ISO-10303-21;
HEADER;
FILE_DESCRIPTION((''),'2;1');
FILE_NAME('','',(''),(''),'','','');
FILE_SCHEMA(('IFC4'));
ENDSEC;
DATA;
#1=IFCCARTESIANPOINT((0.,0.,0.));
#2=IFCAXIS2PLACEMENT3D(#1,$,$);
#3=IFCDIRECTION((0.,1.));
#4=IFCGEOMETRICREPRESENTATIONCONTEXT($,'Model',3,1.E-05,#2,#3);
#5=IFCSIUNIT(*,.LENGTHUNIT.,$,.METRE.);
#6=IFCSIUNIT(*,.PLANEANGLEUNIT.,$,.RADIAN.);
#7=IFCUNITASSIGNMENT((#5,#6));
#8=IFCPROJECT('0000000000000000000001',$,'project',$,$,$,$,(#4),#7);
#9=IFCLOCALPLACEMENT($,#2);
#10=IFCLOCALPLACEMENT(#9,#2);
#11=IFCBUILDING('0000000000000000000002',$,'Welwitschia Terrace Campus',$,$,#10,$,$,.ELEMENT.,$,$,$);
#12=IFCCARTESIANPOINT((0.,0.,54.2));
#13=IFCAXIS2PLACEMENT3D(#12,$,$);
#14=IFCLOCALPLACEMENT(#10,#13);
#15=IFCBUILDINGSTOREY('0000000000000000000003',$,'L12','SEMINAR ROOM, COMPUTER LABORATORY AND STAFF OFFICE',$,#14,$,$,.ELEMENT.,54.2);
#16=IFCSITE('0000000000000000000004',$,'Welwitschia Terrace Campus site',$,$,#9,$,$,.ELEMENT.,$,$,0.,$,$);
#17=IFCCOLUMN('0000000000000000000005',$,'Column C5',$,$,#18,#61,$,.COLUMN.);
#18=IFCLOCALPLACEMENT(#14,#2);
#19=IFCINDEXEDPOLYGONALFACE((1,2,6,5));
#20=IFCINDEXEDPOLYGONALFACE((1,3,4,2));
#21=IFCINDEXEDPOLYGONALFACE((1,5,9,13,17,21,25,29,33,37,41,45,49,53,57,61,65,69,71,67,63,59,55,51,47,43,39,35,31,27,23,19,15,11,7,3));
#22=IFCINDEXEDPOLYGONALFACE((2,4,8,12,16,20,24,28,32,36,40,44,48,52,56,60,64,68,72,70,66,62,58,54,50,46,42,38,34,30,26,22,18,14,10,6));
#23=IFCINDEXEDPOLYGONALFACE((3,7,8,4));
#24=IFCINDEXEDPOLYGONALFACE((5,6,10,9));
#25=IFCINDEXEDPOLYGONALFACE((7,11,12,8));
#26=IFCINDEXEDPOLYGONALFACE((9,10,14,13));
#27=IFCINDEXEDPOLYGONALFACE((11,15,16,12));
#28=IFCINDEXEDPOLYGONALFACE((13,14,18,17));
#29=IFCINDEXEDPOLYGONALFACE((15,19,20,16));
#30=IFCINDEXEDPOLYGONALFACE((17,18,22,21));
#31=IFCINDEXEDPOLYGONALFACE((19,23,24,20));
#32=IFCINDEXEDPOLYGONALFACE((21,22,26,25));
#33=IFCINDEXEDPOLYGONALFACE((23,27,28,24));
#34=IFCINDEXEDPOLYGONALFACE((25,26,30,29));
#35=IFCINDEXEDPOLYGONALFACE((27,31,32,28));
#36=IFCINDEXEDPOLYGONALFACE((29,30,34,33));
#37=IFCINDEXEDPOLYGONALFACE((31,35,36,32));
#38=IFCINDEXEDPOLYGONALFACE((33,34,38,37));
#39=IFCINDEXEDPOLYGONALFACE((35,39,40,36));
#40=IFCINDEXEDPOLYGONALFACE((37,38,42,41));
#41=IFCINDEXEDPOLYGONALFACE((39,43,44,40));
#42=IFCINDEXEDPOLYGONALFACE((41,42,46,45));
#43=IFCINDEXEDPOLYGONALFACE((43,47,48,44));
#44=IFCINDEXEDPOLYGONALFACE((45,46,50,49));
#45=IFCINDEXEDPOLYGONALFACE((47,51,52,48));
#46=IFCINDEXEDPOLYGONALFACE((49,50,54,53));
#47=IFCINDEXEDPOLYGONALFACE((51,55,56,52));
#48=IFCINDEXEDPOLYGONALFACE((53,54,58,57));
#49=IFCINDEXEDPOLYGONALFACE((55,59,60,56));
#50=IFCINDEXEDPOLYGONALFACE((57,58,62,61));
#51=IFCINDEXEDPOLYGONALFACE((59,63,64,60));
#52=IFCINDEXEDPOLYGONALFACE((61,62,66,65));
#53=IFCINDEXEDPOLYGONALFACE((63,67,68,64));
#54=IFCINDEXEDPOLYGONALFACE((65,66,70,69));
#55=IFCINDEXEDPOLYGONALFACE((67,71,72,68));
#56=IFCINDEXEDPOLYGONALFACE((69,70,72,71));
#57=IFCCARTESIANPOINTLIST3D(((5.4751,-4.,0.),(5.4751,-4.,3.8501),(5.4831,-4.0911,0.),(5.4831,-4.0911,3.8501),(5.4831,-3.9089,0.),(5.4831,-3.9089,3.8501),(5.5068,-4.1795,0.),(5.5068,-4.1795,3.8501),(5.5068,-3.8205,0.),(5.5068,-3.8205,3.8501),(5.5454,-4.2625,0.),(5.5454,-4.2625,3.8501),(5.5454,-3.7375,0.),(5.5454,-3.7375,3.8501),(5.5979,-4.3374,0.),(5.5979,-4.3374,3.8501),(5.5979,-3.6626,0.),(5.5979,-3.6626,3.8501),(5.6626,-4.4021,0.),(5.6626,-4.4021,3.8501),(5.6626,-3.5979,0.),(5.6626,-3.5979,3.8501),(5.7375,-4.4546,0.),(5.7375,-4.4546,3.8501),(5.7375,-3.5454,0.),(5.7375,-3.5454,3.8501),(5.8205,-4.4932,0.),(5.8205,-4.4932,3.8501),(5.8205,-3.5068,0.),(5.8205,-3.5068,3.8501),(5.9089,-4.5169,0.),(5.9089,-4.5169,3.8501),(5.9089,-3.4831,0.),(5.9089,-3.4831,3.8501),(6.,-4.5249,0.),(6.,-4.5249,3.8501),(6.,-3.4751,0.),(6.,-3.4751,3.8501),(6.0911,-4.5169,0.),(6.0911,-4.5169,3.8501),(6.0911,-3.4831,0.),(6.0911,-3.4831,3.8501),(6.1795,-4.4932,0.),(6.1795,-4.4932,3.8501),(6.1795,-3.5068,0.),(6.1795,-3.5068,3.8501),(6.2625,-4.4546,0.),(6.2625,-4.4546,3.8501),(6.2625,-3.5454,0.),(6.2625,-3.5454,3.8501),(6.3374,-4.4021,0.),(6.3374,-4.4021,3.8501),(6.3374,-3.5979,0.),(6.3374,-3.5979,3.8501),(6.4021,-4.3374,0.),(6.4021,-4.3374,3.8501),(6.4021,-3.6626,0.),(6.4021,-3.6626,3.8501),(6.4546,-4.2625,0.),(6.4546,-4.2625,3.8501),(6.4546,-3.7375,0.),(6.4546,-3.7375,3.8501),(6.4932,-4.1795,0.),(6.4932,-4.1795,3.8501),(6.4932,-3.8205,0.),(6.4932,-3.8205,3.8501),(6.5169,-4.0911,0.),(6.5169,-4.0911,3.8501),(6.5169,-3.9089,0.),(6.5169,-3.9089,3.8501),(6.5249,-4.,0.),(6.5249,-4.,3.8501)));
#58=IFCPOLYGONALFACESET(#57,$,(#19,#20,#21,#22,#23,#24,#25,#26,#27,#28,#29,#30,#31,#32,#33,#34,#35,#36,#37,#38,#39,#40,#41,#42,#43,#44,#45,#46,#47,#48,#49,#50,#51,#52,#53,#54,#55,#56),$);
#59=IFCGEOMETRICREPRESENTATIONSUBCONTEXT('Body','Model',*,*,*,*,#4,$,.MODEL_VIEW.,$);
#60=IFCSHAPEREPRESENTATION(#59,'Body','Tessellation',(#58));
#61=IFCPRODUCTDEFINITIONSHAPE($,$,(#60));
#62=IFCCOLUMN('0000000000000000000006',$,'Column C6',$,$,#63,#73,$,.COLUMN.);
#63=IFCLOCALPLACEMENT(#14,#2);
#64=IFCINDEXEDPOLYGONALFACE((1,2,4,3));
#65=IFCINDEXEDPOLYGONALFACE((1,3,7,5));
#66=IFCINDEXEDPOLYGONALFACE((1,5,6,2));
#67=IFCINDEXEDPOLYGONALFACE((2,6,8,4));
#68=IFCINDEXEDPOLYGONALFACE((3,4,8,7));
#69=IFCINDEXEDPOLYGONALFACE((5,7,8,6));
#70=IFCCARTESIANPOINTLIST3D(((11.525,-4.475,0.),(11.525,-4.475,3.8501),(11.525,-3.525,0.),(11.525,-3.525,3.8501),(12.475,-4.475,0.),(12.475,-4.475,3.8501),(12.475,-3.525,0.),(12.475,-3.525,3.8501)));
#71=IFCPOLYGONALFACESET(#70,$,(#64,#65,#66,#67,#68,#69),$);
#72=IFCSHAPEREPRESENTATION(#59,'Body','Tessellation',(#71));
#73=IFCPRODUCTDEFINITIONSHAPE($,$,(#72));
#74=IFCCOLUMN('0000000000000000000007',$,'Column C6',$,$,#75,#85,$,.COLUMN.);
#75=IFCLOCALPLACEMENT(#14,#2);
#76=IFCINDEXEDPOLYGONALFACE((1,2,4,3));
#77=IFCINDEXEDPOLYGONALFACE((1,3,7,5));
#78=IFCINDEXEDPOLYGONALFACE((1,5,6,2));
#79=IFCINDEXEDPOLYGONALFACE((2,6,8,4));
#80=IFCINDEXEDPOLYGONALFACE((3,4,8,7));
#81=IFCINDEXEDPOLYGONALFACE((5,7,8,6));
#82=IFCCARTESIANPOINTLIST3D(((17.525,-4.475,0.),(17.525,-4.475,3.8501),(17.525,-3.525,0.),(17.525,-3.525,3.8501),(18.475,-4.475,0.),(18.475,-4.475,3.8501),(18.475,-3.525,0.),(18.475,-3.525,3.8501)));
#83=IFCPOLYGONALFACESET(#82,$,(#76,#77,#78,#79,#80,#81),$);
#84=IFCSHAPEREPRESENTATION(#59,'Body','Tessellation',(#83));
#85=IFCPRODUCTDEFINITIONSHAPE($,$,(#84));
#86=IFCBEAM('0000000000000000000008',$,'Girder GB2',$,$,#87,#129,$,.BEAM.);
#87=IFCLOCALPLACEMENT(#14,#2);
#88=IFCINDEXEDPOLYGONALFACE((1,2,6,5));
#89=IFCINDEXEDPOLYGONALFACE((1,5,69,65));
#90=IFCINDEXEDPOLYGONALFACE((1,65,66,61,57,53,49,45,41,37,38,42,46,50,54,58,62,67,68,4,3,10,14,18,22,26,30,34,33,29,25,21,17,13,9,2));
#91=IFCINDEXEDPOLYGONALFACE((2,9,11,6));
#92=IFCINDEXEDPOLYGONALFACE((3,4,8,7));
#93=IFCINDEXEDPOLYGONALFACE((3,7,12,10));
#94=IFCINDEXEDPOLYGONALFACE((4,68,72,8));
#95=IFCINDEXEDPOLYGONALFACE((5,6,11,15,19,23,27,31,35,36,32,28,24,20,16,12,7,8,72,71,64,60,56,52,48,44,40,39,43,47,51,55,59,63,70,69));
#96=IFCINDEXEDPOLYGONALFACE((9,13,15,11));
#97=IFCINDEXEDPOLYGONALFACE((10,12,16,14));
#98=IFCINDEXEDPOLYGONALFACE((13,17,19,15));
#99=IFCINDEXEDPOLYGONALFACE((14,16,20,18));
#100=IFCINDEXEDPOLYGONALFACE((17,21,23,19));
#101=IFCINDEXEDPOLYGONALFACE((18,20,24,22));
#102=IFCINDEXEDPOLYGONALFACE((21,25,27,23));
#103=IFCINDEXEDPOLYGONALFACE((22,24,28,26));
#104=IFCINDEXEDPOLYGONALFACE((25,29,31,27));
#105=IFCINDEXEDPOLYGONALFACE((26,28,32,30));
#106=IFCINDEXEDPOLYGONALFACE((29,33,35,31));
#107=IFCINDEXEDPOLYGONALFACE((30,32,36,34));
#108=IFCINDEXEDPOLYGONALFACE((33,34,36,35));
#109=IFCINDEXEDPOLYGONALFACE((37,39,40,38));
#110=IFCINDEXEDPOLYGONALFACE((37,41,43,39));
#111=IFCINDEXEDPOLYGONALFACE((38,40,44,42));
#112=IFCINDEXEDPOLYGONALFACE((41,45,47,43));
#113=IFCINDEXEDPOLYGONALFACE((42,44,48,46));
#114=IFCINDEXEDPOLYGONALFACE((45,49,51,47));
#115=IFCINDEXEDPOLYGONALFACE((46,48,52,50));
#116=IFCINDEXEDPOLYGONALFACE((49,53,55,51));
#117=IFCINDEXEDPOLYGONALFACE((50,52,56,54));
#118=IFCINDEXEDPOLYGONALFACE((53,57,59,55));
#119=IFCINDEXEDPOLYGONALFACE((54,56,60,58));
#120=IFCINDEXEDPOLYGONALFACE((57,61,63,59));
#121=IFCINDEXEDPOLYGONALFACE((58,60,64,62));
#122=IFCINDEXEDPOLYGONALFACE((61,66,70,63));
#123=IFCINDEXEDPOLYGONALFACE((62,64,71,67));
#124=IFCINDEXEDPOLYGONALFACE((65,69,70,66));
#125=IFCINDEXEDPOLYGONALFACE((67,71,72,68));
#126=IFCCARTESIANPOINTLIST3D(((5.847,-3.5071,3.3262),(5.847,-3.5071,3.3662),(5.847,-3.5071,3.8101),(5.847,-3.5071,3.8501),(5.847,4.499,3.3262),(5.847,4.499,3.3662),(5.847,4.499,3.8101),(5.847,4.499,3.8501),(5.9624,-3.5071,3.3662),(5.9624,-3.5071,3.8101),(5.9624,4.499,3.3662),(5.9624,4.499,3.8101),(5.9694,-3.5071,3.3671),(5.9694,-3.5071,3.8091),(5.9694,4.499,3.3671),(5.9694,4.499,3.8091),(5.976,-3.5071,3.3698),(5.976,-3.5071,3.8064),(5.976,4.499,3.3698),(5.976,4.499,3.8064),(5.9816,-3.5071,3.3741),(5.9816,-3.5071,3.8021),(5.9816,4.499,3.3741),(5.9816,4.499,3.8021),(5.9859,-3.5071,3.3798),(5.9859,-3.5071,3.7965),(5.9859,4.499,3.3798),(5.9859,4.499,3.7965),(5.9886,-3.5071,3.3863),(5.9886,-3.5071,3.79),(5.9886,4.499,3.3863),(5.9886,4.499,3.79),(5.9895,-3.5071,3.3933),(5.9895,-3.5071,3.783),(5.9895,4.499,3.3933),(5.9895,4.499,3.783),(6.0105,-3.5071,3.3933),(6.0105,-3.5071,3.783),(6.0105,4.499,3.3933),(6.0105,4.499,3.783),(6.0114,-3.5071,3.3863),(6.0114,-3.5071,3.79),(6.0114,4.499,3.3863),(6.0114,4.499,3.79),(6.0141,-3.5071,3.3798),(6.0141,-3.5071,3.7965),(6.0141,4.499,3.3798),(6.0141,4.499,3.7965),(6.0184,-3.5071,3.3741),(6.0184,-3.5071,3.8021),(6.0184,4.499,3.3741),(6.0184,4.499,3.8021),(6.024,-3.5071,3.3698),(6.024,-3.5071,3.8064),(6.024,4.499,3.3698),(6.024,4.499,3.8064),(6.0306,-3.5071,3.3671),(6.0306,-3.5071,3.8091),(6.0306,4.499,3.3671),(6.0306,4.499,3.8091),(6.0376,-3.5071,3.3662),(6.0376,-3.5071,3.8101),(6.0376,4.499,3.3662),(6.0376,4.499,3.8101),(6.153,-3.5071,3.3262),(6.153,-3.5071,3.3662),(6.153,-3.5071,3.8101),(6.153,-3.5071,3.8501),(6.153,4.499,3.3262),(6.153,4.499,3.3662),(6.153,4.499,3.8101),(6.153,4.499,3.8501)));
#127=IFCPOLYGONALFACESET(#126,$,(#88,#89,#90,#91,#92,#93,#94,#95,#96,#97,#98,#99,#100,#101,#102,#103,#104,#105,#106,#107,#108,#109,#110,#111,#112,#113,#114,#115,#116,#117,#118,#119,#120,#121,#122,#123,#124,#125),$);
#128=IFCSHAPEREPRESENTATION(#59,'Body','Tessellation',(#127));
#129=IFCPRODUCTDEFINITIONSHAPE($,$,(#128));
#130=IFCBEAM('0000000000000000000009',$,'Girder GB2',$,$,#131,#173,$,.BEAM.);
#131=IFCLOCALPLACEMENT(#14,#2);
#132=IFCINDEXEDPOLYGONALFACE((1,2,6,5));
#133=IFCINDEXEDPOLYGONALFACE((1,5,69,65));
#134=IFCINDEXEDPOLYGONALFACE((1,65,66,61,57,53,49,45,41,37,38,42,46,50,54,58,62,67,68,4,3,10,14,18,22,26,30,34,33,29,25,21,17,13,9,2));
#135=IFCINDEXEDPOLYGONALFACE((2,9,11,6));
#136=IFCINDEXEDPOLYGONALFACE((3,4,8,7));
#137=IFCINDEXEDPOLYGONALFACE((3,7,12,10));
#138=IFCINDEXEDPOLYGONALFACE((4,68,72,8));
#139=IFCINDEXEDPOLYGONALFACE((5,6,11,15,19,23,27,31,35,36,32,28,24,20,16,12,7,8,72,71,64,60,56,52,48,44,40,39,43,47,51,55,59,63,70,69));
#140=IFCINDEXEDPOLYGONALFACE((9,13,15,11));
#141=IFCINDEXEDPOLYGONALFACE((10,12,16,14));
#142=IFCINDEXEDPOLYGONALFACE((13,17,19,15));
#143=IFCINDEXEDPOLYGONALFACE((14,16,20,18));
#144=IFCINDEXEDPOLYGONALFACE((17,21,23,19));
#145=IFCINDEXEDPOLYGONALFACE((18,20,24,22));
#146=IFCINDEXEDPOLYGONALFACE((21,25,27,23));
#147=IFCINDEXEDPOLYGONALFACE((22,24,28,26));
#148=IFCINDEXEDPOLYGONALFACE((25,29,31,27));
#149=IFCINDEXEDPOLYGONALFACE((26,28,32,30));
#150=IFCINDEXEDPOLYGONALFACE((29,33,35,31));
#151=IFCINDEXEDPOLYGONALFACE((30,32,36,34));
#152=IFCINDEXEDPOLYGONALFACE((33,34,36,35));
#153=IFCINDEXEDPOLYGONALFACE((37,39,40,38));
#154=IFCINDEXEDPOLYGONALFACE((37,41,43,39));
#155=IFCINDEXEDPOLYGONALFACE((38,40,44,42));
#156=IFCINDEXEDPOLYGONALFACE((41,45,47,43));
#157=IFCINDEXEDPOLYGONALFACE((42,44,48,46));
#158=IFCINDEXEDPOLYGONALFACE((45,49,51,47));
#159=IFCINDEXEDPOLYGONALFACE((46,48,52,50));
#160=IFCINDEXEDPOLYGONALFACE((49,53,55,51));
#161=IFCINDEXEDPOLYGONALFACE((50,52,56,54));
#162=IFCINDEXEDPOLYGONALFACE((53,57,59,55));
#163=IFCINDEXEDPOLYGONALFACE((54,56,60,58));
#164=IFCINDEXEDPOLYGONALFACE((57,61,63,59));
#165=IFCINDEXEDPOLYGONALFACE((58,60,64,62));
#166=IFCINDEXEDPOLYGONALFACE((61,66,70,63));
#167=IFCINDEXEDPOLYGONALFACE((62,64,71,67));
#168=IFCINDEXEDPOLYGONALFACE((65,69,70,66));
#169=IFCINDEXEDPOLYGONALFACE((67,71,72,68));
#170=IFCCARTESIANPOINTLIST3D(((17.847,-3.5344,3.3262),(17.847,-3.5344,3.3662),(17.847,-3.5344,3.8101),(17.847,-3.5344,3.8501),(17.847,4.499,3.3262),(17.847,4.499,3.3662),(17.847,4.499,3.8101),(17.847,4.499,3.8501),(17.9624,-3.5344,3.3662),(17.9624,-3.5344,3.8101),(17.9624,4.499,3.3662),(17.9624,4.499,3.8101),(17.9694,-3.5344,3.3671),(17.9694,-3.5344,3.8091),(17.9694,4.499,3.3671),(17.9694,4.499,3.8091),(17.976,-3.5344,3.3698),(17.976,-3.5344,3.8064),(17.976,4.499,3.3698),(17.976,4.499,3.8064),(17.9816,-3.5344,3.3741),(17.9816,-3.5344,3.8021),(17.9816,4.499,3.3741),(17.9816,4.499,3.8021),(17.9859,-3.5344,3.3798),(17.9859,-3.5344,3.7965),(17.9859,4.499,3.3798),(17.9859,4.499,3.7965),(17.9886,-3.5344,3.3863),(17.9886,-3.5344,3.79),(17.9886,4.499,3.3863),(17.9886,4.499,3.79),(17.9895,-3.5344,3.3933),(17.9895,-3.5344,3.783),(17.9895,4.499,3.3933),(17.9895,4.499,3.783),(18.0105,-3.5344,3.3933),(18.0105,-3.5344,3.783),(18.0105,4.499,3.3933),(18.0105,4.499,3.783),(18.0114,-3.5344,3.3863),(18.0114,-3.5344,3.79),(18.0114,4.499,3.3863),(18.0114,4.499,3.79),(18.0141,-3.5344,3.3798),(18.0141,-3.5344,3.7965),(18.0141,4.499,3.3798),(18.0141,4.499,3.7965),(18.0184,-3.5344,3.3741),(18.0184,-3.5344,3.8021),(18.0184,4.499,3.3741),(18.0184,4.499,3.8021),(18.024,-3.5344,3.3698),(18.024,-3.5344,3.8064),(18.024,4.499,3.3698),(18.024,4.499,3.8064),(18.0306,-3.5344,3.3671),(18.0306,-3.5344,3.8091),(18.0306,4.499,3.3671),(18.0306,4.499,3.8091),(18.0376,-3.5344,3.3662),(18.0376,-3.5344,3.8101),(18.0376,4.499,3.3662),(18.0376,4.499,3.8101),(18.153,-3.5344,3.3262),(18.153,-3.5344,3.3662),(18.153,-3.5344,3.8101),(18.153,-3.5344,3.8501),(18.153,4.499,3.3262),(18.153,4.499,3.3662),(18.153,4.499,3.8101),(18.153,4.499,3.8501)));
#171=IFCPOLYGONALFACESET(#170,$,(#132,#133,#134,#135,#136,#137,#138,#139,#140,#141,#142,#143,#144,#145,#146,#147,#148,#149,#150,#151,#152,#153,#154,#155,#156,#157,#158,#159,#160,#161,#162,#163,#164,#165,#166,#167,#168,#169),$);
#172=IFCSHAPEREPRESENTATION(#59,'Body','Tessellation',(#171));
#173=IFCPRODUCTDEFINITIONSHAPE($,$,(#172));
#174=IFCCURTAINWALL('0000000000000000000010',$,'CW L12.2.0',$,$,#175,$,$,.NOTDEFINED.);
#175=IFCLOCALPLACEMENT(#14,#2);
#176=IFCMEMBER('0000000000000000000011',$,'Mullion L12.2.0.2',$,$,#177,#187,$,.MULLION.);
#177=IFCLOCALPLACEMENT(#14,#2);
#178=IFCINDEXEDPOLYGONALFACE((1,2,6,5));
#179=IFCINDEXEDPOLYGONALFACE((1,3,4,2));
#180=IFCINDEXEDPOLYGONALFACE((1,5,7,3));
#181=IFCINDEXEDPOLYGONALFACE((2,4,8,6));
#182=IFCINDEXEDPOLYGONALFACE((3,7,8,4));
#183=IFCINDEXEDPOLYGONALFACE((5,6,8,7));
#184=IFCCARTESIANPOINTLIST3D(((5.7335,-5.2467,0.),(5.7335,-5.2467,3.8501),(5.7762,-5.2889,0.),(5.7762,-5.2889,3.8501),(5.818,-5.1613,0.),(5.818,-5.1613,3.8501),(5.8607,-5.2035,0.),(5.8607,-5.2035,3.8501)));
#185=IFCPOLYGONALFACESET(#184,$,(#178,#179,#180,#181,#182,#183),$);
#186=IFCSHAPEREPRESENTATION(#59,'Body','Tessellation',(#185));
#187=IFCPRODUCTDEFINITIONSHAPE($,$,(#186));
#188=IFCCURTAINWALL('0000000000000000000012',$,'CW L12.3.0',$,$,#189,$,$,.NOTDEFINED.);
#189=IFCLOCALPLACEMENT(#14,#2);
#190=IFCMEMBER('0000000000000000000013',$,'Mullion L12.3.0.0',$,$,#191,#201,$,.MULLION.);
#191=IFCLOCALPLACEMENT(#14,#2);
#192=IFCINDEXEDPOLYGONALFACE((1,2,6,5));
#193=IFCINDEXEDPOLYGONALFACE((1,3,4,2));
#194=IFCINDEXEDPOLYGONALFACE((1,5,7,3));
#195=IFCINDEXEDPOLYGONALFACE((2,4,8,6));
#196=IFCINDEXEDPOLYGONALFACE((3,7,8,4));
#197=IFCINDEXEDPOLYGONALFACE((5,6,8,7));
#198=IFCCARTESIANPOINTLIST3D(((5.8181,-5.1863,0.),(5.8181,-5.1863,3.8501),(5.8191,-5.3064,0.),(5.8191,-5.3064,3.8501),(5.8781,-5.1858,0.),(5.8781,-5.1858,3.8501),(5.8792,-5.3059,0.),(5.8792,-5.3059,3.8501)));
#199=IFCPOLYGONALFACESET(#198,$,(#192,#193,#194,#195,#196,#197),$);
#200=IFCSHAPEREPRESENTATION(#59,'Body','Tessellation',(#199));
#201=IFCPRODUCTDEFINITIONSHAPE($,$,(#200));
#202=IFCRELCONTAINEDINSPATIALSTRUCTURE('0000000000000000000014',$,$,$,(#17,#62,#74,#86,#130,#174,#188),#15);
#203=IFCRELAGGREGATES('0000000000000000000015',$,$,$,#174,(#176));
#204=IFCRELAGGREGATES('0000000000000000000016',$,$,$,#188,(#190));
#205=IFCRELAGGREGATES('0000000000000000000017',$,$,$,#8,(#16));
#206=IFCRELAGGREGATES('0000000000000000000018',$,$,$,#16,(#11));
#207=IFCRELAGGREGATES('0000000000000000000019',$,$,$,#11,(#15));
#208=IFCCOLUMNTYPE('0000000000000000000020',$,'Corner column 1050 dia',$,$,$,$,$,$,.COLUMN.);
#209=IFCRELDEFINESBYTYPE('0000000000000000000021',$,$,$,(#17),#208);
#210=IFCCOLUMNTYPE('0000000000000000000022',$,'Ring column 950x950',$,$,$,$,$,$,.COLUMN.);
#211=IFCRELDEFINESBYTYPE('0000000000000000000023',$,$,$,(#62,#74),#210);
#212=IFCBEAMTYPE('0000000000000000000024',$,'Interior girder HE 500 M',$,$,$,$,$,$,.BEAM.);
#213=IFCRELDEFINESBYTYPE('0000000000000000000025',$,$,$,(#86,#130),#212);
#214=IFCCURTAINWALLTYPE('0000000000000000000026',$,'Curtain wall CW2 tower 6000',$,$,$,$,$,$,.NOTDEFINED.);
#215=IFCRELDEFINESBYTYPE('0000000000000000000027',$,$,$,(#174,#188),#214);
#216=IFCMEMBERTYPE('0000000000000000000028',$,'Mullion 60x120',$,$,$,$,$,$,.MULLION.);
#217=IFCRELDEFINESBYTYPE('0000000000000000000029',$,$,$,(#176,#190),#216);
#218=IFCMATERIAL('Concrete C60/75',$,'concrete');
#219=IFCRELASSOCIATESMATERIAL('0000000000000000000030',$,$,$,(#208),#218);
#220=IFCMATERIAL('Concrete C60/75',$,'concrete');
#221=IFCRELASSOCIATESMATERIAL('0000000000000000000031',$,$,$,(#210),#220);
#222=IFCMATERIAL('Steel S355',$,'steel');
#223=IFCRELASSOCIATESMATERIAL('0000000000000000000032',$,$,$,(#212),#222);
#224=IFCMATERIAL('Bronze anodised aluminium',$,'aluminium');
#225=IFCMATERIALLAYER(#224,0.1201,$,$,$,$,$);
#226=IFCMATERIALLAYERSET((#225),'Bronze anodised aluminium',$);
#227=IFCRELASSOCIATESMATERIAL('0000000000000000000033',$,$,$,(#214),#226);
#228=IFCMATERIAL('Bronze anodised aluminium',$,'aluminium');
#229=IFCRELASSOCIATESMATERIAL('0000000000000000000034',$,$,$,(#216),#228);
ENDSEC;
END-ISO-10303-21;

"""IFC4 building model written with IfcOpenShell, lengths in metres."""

from ifc_helpers import new_model, si_unit, direction, frame, origin, origin_2d, place, context, subcontext, project, spatial, rectangle, circle, i_section, extrude, material, layer, layer_set, material_profile, profile_set, type_object, element, aggregate, save


model = new_model("IFC4")

# Units and contexts
model_context = context("Model", 3, precision=1e-05, world=origin(), true_north=direction((0.0, 1.0)))
body_context = subcontext(model_context, "Body", "Model", "MODEL_VIEW")
ifc_project = project(units=[si_unit("LENGTHUNIT", "METRE"), si_unit("PLANEANGLEUNIT", "RADIAN")], contexts=[model_context])

# Site, building, storey
site_placement = place(None, origin())
site = spatial("IfcSite", under=ifc_project, at=site_placement, Name="Welwitschia Terrace Campus site", CompositionType="ELEMENT", RefElevation=0.0)
building_placement = place(site_placement, origin())
building = spatial("IfcBuilding", under=site, at=building_placement, Name="Welwitschia Terrace Campus", CompositionType="ELEMENT")
storey_placement = place(building_placement, frame((0.0, 0.0, 54.2)))
storey = spatial("IfcBuildingStorey", under=building, at=storey_placement, Name="L12", Description="SEMINAR ROOM, COMPUTER LABORATORY AND STAFF OFFICE", CompositionType="ELEMENT", Elevation=54.2)

# Columns
ifc_material_1 = material(Name="Concrete C60/75", Category="concrete")
ifc_material_profile_1 = material_profile(ifc_material_1, circle(Radius=0.5249, at=origin_2d()))
ifc_profile_set_1 = profile_set([ifc_material_profile_1], Name="Concrete C60/75")
column_type_1 = type_object("IfcColumnType", Name="Corner column 1050 dia", PredefinedType="COLUMN", material=ifc_profile_set_1)
column_placement = place(storey_placement, frame((6.0, -4.0, 0.0), z_axis=(0.0, 0.0, 1.0), x_axis=(1.0, 0.0, 0.0)))
element("IfcColumn", 1, at=column_placement, inside=storey, type_object=column_type_1, Name="Column C5", PredefinedType="COLUMN", context=body_context, shape_type="SweptSolid", body=[
    extrude(circle(Radius=0.5249, at=origin_2d()), origin(), (0.0, 0.0, 1.0), 3.8501),
])
ifc_material_2 = material(Name="Concrete C60/75", Category="concrete")
ifc_material_profile_2 = material_profile(ifc_material_2, rectangle(XDim=0.95, YDim=0.95, at=origin_2d()))
ifc_profile_set_2 = profile_set([ifc_material_profile_2], Name="Concrete C60/75")
column_type_2 = type_object("IfcColumnType", Name="Ring column 950x950", PredefinedType="COLUMN", material=ifc_profile_set_2)
for number, where, z_axis, x_axis, name in (
    (2, (12.0, -4.0, 0.0), (0.0, 0.0, 1.0), (1.0, 0.0, 0.0), "Column C6"),
    (3, (18.0, -4.0, 0.0), (0.0, 0.0, 1.0), (1.0, 0.0, 0.0), "Column C6"),
):
    element("IfcColumn", number, at=place(storey_placement, frame(where, z_axis=z_axis, x_axis=x_axis)), inside=storey, type_object=column_type_2, Name=name, PredefinedType="COLUMN", context=body_context, shape_type="SweptSolid", body=[
        extrude(rectangle(XDim=0.95, YDim=0.95, at=origin_2d()), origin(), (0.0, 0.0, 1.0), 3.8501),
    ])

# Beams
ifc_material_3 = material(Name="Steel S355", Category="steel")
ifc_material_profile_3 = material_profile(ifc_material_3, i_section(OverallWidth=0.3059, OverallDepth=0.5239, WebThickness=0.021, FlangeThickness=0.04, FilletRadius=0.0271, at=origin_2d()))
ifc_profile_set_3 = profile_set([ifc_material_profile_3], Name="Steel S355")
beam_type_1 = type_object("IfcBeamType", Name="Interior girder HE 500 M", PredefinedType="BEAM", material=ifc_profile_set_3)
beam_1_placement = place(storey_placement, frame((6.0, -3.5071, 3.5881), z_axis=(0.0, 1.0, 0.0), x_axis=(-1.0, 0.0, 0.0)))
element("IfcBeam", 4, at=beam_1_placement, inside=storey, type_object=beam_type_1, Name="Girder GB2", PredefinedType="BEAM", context=body_context, shape_type="SweptSolid", body=[
    extrude(i_section(OverallWidth=0.3059, OverallDepth=0.5239, WebThickness=0.021, FlangeThickness=0.04, FilletRadius=0.0271, at=origin_2d()), origin(), (0.0, 0.0, 1.0), 8.0061),
])
beam_2_placement = place(storey_placement, frame((18.0, -3.5344, 3.5881), z_axis=(0.0, 1.0, 0.0), x_axis=(-1.0, 0.0, 0.0)))
element("IfcBeam", 5, at=beam_2_placement, inside=storey, type_object=beam_type_1, Name="Girder GB2", PredefinedType="BEAM", context=body_context, shape_type="SweptSolid", body=[
    extrude(i_section(OverallWidth=0.3059, OverallDepth=0.5239, WebThickness=0.021, FlangeThickness=0.04, FilletRadius=0.0271, at=origin_2d()), origin(), (0.0, 0.0, 1.0), 8.0334),
])

# Curtain wall, member
ifc_material_4 = material(Name="Bronze anodised aluminium", Category="aluminium")
ifc_layer_1 = layer(ifc_material_4, 0.1201)
ifc_layer_set_1 = layer_set([ifc_layer_1], Name="Bronze anodised aluminium")
curtain_wall_type = type_object("IfcCurtainWallType", Name="Curtain wall CW2 tower 6000", PredefinedType="NOTDEFINED", material=ifc_layer_set_1)
curtain_wall_1_placement = place(storey_placement, origin())
curtain_wall_1 = element("IfcCurtainWall", 6, at=curtain_wall_1_placement, inside=storey, type_object=curtain_wall_type, Name="CW L12.2.0", PredefinedType="NOTDEFINED")
ifc_material_5 = material(Name="Bronze anodised aluminium", Category="aluminium")
ifc_material_profile_4 = material_profile(ifc_material_5, rectangle(XDim=0.1201, YDim=0.0601, at=origin_2d()))
ifc_profile_set_4 = profile_set([ifc_material_profile_4], Name="Bronze anodised aluminium")
member_type_1 = type_object("IfcMemberType", Name="Mullion 60x120", PredefinedType="MULLION", material=ifc_profile_set_4)
member_1_placement = place(storey_placement, frame((5.7971, -5.2251, 0.0), z_axis=(0.0, 0.0, 1.0), x_axis=(0.703552, 0.710644, 0.0)))
member_1 = element("IfcMember", 7, at=member_1_placement, type_object=member_type_1, Name="Mullion L12.2.0.2", PredefinedType="MULLION", context=body_context, shape_type="SweptSolid", body=[
    extrude(rectangle(XDim=0.1201, YDim=0.0601, at=origin_2d()), origin(), (0.0, 0.0, 1.0), 3.8501),
])

# Curtain wall, member
curtain_wall_2_placement = place(storey_placement, origin())
curtain_wall_2 = element("IfcCurtainWall", 8, at=curtain_wall_2_placement, inside=storey, type_object=curtain_wall_type, Name="CW L12.3.0", PredefinedType="NOTDEFINED")
member_2_placement = place(storey_placement, frame((5.8486, -5.2461, 0.0), z_axis=(0.0, 0.0, 1.0), x_axis=(-0.008727, 0.999962, 0.0)))
member_2 = element("IfcMember", 9, at=member_2_placement, type_object=member_type_1, Name="Mullion L12.3.0.0", PredefinedType="MULLION", context=body_context, shape_type="SweptSolid", body=[
    extrude(rectangle(XDim=0.1201, YDim=0.0601, at=origin_2d()), origin(), (0.0, 0.0, 1.0), 3.8501),
])

aggregate(curtain_wall_1, [member_1])
aggregate(curtain_wall_2, [member_2])

save(model, "model.ifc")
